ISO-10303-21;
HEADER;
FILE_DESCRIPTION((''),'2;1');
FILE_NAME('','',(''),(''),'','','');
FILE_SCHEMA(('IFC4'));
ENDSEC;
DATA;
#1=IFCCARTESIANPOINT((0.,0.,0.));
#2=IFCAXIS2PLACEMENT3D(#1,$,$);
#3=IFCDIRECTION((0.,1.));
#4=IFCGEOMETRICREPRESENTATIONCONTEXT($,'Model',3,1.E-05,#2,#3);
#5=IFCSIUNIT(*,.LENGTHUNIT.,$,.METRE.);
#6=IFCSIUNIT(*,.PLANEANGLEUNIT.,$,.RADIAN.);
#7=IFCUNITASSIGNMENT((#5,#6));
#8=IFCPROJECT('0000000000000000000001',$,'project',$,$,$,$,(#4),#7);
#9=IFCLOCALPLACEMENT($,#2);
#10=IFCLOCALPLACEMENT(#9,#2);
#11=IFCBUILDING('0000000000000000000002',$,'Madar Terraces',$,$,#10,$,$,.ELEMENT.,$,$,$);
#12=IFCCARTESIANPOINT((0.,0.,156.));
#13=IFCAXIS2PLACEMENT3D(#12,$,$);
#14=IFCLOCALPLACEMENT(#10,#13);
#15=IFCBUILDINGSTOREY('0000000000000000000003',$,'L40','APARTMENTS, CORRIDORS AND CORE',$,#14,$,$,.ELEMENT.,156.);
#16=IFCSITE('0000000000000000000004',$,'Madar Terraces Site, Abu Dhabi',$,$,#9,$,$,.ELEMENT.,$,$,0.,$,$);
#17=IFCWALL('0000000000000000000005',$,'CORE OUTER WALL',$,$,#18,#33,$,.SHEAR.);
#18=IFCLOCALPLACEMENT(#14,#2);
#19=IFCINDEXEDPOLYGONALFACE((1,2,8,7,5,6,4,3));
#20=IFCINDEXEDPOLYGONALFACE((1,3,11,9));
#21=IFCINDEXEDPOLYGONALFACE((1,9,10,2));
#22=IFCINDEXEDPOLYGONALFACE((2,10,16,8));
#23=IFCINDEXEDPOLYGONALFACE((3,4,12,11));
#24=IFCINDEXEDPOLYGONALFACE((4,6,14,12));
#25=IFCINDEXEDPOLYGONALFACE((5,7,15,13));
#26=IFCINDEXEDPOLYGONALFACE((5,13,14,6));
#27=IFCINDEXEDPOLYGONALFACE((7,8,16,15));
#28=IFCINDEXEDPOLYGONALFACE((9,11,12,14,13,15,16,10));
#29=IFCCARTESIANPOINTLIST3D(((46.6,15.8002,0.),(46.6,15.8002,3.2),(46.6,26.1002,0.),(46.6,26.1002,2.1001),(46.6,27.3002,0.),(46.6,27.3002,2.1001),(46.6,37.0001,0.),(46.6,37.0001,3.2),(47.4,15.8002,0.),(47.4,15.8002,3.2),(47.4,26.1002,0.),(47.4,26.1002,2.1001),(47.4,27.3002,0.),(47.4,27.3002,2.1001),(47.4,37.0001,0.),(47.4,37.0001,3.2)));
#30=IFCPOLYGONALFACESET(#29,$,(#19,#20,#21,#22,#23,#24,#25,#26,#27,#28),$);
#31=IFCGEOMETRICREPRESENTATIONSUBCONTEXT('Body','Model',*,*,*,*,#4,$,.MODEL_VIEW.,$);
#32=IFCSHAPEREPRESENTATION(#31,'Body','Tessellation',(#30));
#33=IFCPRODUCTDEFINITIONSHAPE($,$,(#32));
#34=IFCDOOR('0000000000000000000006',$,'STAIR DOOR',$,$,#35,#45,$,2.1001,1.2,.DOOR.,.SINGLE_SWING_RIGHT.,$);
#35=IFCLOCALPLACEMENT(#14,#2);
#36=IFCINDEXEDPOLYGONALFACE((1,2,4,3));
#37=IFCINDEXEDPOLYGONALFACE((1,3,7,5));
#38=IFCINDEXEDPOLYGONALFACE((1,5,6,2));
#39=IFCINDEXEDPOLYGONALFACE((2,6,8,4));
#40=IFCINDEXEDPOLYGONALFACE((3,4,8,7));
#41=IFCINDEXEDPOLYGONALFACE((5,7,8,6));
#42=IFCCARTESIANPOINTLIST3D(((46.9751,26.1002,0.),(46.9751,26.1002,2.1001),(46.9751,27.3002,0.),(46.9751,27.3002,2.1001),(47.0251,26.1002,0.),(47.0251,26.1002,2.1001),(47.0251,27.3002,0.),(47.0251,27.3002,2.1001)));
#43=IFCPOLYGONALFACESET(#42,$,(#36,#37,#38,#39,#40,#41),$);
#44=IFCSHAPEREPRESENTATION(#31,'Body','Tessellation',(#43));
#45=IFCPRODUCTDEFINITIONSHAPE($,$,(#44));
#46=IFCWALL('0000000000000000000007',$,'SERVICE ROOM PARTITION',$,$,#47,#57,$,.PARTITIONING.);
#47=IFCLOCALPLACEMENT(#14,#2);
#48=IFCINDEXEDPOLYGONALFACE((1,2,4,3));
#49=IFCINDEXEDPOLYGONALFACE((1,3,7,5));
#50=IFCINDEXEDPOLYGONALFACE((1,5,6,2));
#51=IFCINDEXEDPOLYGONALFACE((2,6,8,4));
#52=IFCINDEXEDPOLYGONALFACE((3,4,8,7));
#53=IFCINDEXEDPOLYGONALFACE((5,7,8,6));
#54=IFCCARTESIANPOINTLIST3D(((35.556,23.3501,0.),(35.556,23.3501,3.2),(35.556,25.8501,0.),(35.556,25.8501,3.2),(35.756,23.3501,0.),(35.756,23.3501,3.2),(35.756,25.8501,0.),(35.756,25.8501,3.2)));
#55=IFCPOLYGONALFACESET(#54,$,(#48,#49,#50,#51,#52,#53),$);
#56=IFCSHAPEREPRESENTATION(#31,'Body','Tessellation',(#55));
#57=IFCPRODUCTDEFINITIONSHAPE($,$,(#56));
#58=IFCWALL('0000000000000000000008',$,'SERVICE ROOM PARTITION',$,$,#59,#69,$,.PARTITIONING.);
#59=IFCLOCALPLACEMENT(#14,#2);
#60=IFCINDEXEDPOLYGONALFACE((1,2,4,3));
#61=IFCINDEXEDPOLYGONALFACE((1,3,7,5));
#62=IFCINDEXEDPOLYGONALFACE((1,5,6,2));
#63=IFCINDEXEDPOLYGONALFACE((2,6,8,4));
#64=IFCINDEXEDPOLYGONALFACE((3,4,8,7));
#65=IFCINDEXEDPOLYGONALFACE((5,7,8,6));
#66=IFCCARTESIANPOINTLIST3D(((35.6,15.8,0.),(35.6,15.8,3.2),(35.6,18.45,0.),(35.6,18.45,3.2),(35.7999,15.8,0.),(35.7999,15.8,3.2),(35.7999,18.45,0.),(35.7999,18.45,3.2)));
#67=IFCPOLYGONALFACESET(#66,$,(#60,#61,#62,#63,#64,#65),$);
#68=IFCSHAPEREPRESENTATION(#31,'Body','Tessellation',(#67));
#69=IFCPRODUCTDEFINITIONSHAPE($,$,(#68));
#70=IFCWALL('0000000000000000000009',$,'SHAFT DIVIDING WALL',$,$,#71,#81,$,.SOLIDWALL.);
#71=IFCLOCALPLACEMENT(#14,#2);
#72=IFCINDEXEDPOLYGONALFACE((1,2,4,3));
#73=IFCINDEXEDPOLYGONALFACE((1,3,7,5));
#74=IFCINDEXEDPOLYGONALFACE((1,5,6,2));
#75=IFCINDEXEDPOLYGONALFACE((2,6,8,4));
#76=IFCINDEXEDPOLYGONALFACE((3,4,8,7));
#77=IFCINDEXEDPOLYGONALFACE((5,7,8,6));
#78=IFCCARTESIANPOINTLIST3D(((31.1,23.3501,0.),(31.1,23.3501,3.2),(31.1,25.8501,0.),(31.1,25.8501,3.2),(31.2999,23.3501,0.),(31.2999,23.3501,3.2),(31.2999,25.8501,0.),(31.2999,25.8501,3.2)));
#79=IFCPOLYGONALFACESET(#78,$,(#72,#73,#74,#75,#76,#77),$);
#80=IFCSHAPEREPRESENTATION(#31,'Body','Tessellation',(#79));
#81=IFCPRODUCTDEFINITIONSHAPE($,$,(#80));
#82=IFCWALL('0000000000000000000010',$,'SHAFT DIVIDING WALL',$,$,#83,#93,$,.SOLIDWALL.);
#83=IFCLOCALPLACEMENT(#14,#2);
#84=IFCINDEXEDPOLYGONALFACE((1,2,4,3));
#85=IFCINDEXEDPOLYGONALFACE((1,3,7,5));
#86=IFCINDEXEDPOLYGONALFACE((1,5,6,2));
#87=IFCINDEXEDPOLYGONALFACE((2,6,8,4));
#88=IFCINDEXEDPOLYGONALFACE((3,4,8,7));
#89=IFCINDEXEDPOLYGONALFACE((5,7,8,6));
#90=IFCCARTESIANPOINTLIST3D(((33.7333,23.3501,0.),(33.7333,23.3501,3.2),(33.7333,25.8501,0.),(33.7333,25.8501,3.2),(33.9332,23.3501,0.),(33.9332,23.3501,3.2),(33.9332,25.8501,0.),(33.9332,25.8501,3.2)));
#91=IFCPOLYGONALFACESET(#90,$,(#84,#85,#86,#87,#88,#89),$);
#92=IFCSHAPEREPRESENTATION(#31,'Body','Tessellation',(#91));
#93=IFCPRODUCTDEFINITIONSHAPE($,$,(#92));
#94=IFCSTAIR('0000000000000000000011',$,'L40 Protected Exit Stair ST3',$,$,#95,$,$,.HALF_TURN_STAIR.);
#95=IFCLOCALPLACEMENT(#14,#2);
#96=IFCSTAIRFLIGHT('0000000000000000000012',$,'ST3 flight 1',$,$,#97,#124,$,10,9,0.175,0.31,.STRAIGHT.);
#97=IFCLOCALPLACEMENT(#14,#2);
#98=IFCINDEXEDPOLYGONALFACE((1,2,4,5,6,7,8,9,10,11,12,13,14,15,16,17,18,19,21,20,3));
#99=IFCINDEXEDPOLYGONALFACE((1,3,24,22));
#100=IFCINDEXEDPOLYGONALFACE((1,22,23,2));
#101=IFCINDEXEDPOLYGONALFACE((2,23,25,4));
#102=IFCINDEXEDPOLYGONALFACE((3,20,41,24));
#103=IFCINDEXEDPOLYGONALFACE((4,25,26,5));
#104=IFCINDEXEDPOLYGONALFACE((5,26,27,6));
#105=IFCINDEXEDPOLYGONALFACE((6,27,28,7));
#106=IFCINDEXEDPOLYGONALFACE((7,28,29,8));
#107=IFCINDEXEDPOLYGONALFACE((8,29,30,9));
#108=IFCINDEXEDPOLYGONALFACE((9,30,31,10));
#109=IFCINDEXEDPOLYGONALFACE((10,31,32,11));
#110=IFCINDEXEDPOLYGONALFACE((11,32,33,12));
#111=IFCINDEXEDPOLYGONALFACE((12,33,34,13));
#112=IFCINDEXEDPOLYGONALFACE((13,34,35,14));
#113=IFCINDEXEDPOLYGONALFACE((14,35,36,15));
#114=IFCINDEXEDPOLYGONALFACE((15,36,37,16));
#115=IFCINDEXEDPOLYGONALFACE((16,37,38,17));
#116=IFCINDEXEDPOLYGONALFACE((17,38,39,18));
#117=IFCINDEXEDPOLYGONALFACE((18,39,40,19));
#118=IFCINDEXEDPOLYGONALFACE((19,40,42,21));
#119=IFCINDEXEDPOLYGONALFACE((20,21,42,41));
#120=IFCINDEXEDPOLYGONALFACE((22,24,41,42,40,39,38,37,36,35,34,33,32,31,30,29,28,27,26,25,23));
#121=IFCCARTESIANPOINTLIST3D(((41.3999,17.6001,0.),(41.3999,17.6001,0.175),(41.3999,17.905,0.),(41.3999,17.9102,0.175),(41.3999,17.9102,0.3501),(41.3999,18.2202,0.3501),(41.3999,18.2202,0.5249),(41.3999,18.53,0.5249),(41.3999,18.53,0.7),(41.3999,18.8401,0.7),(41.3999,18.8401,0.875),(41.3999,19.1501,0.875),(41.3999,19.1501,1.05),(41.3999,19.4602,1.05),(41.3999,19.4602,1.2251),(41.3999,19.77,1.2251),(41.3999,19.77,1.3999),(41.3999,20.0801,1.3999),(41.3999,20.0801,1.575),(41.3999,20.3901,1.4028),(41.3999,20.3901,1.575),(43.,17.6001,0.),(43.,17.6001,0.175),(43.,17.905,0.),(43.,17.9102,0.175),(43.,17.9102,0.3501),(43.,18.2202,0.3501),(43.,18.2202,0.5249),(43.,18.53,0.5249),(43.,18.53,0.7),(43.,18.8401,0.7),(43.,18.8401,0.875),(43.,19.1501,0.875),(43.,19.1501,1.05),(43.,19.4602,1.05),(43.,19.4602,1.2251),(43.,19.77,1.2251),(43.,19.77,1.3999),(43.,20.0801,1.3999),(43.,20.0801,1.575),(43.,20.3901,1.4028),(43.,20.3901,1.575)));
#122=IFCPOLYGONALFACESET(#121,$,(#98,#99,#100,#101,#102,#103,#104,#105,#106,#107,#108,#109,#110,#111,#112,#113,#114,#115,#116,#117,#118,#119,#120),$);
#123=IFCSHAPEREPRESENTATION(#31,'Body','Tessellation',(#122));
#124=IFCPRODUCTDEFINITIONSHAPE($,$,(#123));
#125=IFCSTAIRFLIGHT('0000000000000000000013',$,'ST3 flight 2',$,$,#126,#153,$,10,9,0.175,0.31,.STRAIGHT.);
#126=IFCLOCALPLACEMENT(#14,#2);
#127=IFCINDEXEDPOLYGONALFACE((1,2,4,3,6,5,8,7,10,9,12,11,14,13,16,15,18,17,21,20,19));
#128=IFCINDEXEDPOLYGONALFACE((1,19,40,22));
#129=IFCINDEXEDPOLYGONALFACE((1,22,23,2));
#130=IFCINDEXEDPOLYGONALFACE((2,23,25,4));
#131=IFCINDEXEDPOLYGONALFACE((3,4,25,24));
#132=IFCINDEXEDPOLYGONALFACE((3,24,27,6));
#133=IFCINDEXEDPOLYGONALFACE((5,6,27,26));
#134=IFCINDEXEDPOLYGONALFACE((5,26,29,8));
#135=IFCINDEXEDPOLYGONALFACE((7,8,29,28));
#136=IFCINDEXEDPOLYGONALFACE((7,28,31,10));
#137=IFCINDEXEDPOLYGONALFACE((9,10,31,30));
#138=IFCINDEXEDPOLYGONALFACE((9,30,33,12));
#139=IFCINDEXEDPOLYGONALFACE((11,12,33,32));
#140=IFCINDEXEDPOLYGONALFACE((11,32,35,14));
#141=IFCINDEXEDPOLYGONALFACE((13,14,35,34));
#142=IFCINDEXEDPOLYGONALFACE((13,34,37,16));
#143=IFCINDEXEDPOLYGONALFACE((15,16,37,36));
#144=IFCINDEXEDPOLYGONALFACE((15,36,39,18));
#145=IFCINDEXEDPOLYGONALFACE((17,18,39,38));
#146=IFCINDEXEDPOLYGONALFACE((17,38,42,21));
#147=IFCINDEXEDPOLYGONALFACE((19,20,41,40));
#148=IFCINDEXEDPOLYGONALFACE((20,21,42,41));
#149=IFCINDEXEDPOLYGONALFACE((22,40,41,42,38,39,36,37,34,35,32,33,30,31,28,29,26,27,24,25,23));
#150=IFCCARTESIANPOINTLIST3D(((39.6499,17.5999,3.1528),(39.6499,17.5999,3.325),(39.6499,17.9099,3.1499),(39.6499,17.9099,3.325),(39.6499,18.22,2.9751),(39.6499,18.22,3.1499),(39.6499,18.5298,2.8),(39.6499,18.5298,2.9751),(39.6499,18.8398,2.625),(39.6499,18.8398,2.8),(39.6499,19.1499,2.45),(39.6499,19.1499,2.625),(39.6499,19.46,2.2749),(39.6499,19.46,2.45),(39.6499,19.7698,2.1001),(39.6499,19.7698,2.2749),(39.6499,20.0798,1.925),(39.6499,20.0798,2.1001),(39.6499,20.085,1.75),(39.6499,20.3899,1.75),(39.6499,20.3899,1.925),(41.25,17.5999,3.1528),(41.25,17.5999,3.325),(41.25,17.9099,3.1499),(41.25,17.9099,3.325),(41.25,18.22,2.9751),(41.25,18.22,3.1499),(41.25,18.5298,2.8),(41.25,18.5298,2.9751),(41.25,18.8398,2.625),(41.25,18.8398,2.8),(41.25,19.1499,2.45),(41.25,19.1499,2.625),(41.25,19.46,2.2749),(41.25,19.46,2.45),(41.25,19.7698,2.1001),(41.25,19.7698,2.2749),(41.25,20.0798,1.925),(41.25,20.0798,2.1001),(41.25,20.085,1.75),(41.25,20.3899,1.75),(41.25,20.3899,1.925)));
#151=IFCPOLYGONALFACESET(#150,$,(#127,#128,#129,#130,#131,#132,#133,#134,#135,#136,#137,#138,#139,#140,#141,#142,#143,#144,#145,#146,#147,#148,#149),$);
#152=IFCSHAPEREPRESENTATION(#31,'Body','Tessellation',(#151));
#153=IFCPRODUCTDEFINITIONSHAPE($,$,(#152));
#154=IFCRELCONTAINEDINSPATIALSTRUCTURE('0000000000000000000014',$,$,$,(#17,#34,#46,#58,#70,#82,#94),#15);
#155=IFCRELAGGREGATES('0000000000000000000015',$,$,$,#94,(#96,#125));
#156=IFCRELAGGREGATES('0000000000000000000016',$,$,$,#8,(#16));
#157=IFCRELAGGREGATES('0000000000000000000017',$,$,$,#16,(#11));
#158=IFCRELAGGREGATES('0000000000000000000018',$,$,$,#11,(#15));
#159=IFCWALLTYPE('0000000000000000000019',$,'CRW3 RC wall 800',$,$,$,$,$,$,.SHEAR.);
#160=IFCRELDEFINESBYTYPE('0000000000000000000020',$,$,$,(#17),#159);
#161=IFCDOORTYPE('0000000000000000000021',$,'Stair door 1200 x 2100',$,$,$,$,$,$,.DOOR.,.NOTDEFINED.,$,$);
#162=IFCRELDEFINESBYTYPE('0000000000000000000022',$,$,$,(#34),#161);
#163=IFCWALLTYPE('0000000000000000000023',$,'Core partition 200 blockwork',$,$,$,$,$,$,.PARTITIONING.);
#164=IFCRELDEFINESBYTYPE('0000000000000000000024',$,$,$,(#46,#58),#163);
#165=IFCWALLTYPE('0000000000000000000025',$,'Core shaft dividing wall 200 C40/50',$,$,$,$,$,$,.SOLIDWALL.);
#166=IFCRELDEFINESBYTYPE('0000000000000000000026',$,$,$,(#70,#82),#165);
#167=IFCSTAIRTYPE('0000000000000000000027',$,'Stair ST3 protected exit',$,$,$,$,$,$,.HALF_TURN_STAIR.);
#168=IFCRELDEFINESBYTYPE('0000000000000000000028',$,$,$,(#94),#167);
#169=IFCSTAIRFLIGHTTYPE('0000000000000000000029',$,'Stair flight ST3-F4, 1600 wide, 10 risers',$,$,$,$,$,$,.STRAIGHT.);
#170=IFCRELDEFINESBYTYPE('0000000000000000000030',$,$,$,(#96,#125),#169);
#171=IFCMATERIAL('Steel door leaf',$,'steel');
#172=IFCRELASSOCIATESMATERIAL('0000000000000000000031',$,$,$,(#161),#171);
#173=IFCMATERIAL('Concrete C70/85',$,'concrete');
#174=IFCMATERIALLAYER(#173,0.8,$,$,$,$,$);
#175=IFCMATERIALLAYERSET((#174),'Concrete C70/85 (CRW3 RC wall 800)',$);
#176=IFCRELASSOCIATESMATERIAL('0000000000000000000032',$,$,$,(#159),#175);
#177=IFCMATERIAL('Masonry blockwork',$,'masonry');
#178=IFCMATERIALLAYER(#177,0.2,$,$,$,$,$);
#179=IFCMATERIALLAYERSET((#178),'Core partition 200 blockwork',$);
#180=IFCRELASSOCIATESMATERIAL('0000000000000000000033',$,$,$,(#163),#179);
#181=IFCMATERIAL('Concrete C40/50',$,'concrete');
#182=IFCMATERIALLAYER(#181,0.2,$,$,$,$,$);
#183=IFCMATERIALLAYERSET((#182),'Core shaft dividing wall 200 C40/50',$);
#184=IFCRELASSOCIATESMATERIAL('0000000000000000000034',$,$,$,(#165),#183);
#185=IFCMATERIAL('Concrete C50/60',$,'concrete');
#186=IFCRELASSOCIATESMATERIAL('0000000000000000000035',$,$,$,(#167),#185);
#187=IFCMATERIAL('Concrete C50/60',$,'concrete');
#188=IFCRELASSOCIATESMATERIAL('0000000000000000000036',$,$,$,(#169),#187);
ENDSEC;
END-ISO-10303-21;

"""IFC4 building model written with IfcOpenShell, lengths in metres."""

from ifc_helpers import new_model, si_unit, direction, frame, frame_2d, origin, place, context, subcontext, project, spatial, polyline, rectangle, outline, extrude, material, layer, layer_set, type_object, element, fill, aggregate, save


model = new_model("IFC4")

# Units and contexts
model_context = context("Model", 3, precision=1e-05, world=origin(), true_north=direction((0.0, 1.0)))
body_context = subcontext(model_context, "Body", "Model", "MODEL_VIEW")
ifc_project = project(units=[si_unit("LENGTHUNIT", "METRE"), si_unit("PLANEANGLEUNIT", "RADIAN")], contexts=[model_context])

# Site, building, storey
site_placement = place(None, origin())
site = spatial("IfcSite", under=ifc_project, at=site_placement, Name="Madar Terraces Site, Abu Dhabi", CompositionType="ELEMENT", RefElevation=0.0)
building_placement = place(site_placement, origin())
building = spatial("IfcBuilding", under=site, at=building_placement, Name="Madar Terraces", CompositionType="ELEMENT")
storey_placement = place(building_placement, frame((0.0, 0.0, 156.0)))
storey = spatial("IfcBuildingStorey", under=building, at=storey_placement, Name="L40", Description="APARTMENTS, CORRIDORS AND CORE", CompositionType="ELEMENT", Elevation=156.0)

# Shared definitions
ifc_material_1 = material(Name="Steel door leaf", Category="steel")
door_type_1 = type_object("IfcDoorType", Name="Stair door 1200 x 2100", OperationType="NOTDEFINED", PredefinedType="DOOR", material=ifc_material_1)

# Wall, opening, door
ifc_material_2 = material(Name="Concrete C70/85", Category="concrete")
ifc_layer_1 = layer(ifc_material_2, 0.8)
ifc_layer_set_1 = layer_set([ifc_layer_1], Name="Concrete C70/85 (CRW3 RC wall 800)")
wall_type_1 = type_object("IfcWallType", Name="CRW3 RC wall 800", PredefinedType="SHEAR", material=ifc_layer_set_1)
wall_1_placement = place(storey_placement, frame((47.0, 15.8, 0.0), z_axis=(0.0, 0.0, 1.0), x_axis=(0.0, 1.0, 0.0)))
wall_1 = element("IfcWall", 1, at=wall_1_placement, inside=storey, type_object=wall_type_1, Name="CORE OUTER WALL", PredefinedType="SHEAR", context=body_context, shape_type="SweptSolid", body=[
    extrude(rectangle(XDim=21.2, YDim=0.8, at=frame_2d((10.6001, 0.0))), origin(), (0.0, 0.0, 1.0), 3.2),
])
opening_1_placement = place(wall_1_placement, frame((10.3, 0.0, 0.0)))
opening_1 = element("IfcOpeningElement", 2, at=opening_1_placement, cuts=wall_1, PredefinedType="OPENING", context=body_context, shape_type="SweptSolid", body=[
    extrude(rectangle(XDim=1.2, YDim=2.1001, at=frame_2d((0.6001, 1.05))), frame((0.0, 0.4099, 0.0), z_axis=(0.0, -1.0, 0.0), x_axis=(1.0, 0.0, 0.0)), (0.0, 0.0, 1.0), 0.8201),
])
door_1_placement = place(opening_1_placement, origin())
door_1 = element("IfcDoor", 3, at=door_1_placement, inside=storey, type_object=door_type_1, Name="STAIR DOOR", OperationType="SINGLE_SWING_RIGHT", OverallHeight=2.1001, OverallWidth=1.2, PredefinedType="DOOR", context=body_context, shape_type="SweptSolid", body=[
    extrude(rectangle(XDim=1.2, YDim=2.1001, at=frame_2d((0.6001, 1.05))), frame((0.0, 0.0249, 0.0), z_axis=(0.0, -1.0, 0.0), x_axis=(1.0, 0.0, 0.0)), (0.0, 0.0, 1.0), 0.05),
])
fill(opening_1, door_1)

# Walls
ifc_material_3 = material(Name="Masonry blockwork", Category="masonry")
ifc_layer_2 = layer(ifc_material_3, 0.2)
ifc_layer_set_2 = layer_set([ifc_layer_2], Name="Core partition 200 blockwork")
wall_type_2 = type_object("IfcWallType", Name="Core partition 200 blockwork", PredefinedType="PARTITIONING", material=ifc_layer_set_2)
wall_2_placement = place(storey_placement, frame((35.656, 23.3501, 0.0), z_axis=(0.0, 0.0, 1.0), x_axis=(0.0, 1.0, 0.0)))
element("IfcWall", 4, at=wall_2_placement, inside=storey, type_object=wall_type_2, Name="SERVICE ROOM PARTITION", PredefinedType="PARTITIONING", context=body_context, shape_type="SweptSolid", body=[
    extrude(rectangle(XDim=2.5, YDim=0.2, at=frame_2d((1.25, 0.0))), origin(), (0.0, 0.0, 1.0), 3.2),
])
wall_3_placement = place(storey_placement, frame((35.7, 15.8, 0.0), z_axis=(0.0, 0.0, 1.0), x_axis=(0.0, 1.0, 0.0)))
element("IfcWall", 5, at=wall_3_placement, inside=storey, type_object=wall_type_2, Name="SERVICE ROOM PARTITION", PredefinedType="PARTITIONING", context=body_context, shape_type="SweptSolid", body=[
    extrude(rectangle(XDim=2.6499, YDim=0.2, at=frame_2d((1.325, 0.0))), origin(), (0.0, 0.0, 1.0), 3.2),
])
ifc_material_4 = material(Name="Concrete C40/50", Category="concrete")
ifc_layer_3 = layer(ifc_material_4, 0.2)
ifc_layer_set_3 = layer_set([ifc_layer_3], Name="Core shaft dividing wall 200 C40/50")
wall_type_3 = type_object("IfcWallType", Name="Core shaft dividing wall 200 C40/50", PredefinedType="SOLIDWALL", material=ifc_layer_set_3)
for number, where, z_axis, x_axis, name in (
    (6, (31.2, 23.3501, 0.0), (0.0, 0.0, 1.0), (0.0, 1.0, 0.0), "SHAFT DIVIDING WALL"),
    (7, (33.8333, 23.3501, 0.0), (0.0, 0.0, 1.0), (0.0, 1.0, 0.0), "SHAFT DIVIDING WALL"),
):
    element("IfcWall", number, at=place(storey_placement, frame(where, z_axis=z_axis, x_axis=x_axis)), inside=storey, type_object=wall_type_3, Name=name, PredefinedType="SOLIDWALL", context=body_context, shape_type="SweptSolid", body=[
        extrude(rectangle(XDim=2.5, YDim=0.2, at=frame_2d((1.25, 0.0))), origin(), (0.0, 0.0, 1.0), 3.2),
    ])

# Stair, stair flights
ifc_material_5 = material(Name="Concrete C50/60", Category="concrete")
stair_type = type_object("IfcStairType", Name="Stair ST3 protected exit", PredefinedType="HALF_TURN_STAIR", material=ifc_material_5)
stair_placement = place(storey_placement, origin())
stair = element("IfcStair", 8, at=stair_placement, inside=storey, type_object=stair_type, Name="L40 Protected Exit Stair ST3", PredefinedType="HALF_TURN_STAIR")
ifc_material_6 = material(Name="Concrete C50/60", Category="concrete")
stair_flight_type = type_object("IfcStairFlightType", Name="Stair flight ST3-F4, 1600 wide, 10 risers", PredefinedType="STRAIGHT", material=ifc_material_6)
stair_flight_1_placement = place(storey_placement, frame((42.2, 17.6001, 0.0), z_axis=(0.0, 0.0, 1.0), x_axis=(0.0, 1.0, 0.0)))
stair_flight_1 = element("IfcStairFlight", 9, at=stair_flight_1_placement, type_object=stair_flight_type, Name="ST3 flight 1", NumberOfRisers=10, NumberOfTreads=9, PredefinedType="STRAIGHT", RiserHeight=0.175, TreadLength=0.31, context=body_context, shape_type="SweptSolid", body=[
    extrude(outline(polyline([(0.0, 0.0), (0.0, 0.175), (0.3101, 0.175), (0.3101, 0.3501), (0.6201, 0.3501), (0.6201, 0.5249), (0.9299, 0.5249), (0.9299, 0.7), (1.24, 0.7), (1.24, 0.875), (1.55, 0.875), (1.55, 1.05), (1.8601, 1.05), (1.8601, 1.2251), (2.1699, 1.2251), (2.1699, 1.3999), (2.48, 1.3999), (2.48, 1.575), (2.79, 1.575), (2.79, 1.75), (2.79, 1.4028), (0.3049, 0.0), (0.0, 0.0)])), frame((0.0, 0.8, 0.0), z_axis=(0.0, -1.0, 0.0), x_axis=(1.0, 0.0, 0.0)), (0.0, 0.0, 1.0), 1.6001),
])
stair_flight_2_placement = place(storey_placement, frame((40.45, 20.3899, 1.75), z_axis=(0.0, 0.0, 1.0), x_axis=(0.0, -1.0, 0.0)))
stair_flight_2 = element("IfcStairFlight", 10, at=stair_flight_2_placement, type_object=stair_flight_type, Name="ST3 flight 2", NumberOfRisers=10, NumberOfTreads=9, PredefinedType="STRAIGHT", RiserHeight=0.175, TreadLength=0.31, context=body_context, shape_type="SweptSolid", body=[
    extrude(outline(polyline([(0.0, 0.0), (0.0, 0.175), (0.3101, 0.175), (0.3101, 0.3501), (0.6201, 0.3501), (0.6201, 0.5249), (0.9299, 0.5249), (0.9299, 0.7), (1.24, 0.7), (1.24, 0.875), (1.55, 0.875), (1.55, 1.05), (1.8601, 1.05), (1.8601, 1.2251), (2.1699, 1.2251), (2.1699, 1.3999), (2.48, 1.3999), (2.48, 1.575), (2.79, 1.575), (2.79, 1.75), (2.79, 1.4028), (0.3049, 0.0), (0.0, 0.0)])), frame((0.0, 0.8, 0.0), z_axis=(0.0, -1.0, 0.0), x_axis=(1.0, 0.0, 0.0)), (0.0, 0.0, 1.0), 1.6001),
])
aggregate(stair, [stair_flight_1, stair_flight_2])

save(model, "model.ifc")
